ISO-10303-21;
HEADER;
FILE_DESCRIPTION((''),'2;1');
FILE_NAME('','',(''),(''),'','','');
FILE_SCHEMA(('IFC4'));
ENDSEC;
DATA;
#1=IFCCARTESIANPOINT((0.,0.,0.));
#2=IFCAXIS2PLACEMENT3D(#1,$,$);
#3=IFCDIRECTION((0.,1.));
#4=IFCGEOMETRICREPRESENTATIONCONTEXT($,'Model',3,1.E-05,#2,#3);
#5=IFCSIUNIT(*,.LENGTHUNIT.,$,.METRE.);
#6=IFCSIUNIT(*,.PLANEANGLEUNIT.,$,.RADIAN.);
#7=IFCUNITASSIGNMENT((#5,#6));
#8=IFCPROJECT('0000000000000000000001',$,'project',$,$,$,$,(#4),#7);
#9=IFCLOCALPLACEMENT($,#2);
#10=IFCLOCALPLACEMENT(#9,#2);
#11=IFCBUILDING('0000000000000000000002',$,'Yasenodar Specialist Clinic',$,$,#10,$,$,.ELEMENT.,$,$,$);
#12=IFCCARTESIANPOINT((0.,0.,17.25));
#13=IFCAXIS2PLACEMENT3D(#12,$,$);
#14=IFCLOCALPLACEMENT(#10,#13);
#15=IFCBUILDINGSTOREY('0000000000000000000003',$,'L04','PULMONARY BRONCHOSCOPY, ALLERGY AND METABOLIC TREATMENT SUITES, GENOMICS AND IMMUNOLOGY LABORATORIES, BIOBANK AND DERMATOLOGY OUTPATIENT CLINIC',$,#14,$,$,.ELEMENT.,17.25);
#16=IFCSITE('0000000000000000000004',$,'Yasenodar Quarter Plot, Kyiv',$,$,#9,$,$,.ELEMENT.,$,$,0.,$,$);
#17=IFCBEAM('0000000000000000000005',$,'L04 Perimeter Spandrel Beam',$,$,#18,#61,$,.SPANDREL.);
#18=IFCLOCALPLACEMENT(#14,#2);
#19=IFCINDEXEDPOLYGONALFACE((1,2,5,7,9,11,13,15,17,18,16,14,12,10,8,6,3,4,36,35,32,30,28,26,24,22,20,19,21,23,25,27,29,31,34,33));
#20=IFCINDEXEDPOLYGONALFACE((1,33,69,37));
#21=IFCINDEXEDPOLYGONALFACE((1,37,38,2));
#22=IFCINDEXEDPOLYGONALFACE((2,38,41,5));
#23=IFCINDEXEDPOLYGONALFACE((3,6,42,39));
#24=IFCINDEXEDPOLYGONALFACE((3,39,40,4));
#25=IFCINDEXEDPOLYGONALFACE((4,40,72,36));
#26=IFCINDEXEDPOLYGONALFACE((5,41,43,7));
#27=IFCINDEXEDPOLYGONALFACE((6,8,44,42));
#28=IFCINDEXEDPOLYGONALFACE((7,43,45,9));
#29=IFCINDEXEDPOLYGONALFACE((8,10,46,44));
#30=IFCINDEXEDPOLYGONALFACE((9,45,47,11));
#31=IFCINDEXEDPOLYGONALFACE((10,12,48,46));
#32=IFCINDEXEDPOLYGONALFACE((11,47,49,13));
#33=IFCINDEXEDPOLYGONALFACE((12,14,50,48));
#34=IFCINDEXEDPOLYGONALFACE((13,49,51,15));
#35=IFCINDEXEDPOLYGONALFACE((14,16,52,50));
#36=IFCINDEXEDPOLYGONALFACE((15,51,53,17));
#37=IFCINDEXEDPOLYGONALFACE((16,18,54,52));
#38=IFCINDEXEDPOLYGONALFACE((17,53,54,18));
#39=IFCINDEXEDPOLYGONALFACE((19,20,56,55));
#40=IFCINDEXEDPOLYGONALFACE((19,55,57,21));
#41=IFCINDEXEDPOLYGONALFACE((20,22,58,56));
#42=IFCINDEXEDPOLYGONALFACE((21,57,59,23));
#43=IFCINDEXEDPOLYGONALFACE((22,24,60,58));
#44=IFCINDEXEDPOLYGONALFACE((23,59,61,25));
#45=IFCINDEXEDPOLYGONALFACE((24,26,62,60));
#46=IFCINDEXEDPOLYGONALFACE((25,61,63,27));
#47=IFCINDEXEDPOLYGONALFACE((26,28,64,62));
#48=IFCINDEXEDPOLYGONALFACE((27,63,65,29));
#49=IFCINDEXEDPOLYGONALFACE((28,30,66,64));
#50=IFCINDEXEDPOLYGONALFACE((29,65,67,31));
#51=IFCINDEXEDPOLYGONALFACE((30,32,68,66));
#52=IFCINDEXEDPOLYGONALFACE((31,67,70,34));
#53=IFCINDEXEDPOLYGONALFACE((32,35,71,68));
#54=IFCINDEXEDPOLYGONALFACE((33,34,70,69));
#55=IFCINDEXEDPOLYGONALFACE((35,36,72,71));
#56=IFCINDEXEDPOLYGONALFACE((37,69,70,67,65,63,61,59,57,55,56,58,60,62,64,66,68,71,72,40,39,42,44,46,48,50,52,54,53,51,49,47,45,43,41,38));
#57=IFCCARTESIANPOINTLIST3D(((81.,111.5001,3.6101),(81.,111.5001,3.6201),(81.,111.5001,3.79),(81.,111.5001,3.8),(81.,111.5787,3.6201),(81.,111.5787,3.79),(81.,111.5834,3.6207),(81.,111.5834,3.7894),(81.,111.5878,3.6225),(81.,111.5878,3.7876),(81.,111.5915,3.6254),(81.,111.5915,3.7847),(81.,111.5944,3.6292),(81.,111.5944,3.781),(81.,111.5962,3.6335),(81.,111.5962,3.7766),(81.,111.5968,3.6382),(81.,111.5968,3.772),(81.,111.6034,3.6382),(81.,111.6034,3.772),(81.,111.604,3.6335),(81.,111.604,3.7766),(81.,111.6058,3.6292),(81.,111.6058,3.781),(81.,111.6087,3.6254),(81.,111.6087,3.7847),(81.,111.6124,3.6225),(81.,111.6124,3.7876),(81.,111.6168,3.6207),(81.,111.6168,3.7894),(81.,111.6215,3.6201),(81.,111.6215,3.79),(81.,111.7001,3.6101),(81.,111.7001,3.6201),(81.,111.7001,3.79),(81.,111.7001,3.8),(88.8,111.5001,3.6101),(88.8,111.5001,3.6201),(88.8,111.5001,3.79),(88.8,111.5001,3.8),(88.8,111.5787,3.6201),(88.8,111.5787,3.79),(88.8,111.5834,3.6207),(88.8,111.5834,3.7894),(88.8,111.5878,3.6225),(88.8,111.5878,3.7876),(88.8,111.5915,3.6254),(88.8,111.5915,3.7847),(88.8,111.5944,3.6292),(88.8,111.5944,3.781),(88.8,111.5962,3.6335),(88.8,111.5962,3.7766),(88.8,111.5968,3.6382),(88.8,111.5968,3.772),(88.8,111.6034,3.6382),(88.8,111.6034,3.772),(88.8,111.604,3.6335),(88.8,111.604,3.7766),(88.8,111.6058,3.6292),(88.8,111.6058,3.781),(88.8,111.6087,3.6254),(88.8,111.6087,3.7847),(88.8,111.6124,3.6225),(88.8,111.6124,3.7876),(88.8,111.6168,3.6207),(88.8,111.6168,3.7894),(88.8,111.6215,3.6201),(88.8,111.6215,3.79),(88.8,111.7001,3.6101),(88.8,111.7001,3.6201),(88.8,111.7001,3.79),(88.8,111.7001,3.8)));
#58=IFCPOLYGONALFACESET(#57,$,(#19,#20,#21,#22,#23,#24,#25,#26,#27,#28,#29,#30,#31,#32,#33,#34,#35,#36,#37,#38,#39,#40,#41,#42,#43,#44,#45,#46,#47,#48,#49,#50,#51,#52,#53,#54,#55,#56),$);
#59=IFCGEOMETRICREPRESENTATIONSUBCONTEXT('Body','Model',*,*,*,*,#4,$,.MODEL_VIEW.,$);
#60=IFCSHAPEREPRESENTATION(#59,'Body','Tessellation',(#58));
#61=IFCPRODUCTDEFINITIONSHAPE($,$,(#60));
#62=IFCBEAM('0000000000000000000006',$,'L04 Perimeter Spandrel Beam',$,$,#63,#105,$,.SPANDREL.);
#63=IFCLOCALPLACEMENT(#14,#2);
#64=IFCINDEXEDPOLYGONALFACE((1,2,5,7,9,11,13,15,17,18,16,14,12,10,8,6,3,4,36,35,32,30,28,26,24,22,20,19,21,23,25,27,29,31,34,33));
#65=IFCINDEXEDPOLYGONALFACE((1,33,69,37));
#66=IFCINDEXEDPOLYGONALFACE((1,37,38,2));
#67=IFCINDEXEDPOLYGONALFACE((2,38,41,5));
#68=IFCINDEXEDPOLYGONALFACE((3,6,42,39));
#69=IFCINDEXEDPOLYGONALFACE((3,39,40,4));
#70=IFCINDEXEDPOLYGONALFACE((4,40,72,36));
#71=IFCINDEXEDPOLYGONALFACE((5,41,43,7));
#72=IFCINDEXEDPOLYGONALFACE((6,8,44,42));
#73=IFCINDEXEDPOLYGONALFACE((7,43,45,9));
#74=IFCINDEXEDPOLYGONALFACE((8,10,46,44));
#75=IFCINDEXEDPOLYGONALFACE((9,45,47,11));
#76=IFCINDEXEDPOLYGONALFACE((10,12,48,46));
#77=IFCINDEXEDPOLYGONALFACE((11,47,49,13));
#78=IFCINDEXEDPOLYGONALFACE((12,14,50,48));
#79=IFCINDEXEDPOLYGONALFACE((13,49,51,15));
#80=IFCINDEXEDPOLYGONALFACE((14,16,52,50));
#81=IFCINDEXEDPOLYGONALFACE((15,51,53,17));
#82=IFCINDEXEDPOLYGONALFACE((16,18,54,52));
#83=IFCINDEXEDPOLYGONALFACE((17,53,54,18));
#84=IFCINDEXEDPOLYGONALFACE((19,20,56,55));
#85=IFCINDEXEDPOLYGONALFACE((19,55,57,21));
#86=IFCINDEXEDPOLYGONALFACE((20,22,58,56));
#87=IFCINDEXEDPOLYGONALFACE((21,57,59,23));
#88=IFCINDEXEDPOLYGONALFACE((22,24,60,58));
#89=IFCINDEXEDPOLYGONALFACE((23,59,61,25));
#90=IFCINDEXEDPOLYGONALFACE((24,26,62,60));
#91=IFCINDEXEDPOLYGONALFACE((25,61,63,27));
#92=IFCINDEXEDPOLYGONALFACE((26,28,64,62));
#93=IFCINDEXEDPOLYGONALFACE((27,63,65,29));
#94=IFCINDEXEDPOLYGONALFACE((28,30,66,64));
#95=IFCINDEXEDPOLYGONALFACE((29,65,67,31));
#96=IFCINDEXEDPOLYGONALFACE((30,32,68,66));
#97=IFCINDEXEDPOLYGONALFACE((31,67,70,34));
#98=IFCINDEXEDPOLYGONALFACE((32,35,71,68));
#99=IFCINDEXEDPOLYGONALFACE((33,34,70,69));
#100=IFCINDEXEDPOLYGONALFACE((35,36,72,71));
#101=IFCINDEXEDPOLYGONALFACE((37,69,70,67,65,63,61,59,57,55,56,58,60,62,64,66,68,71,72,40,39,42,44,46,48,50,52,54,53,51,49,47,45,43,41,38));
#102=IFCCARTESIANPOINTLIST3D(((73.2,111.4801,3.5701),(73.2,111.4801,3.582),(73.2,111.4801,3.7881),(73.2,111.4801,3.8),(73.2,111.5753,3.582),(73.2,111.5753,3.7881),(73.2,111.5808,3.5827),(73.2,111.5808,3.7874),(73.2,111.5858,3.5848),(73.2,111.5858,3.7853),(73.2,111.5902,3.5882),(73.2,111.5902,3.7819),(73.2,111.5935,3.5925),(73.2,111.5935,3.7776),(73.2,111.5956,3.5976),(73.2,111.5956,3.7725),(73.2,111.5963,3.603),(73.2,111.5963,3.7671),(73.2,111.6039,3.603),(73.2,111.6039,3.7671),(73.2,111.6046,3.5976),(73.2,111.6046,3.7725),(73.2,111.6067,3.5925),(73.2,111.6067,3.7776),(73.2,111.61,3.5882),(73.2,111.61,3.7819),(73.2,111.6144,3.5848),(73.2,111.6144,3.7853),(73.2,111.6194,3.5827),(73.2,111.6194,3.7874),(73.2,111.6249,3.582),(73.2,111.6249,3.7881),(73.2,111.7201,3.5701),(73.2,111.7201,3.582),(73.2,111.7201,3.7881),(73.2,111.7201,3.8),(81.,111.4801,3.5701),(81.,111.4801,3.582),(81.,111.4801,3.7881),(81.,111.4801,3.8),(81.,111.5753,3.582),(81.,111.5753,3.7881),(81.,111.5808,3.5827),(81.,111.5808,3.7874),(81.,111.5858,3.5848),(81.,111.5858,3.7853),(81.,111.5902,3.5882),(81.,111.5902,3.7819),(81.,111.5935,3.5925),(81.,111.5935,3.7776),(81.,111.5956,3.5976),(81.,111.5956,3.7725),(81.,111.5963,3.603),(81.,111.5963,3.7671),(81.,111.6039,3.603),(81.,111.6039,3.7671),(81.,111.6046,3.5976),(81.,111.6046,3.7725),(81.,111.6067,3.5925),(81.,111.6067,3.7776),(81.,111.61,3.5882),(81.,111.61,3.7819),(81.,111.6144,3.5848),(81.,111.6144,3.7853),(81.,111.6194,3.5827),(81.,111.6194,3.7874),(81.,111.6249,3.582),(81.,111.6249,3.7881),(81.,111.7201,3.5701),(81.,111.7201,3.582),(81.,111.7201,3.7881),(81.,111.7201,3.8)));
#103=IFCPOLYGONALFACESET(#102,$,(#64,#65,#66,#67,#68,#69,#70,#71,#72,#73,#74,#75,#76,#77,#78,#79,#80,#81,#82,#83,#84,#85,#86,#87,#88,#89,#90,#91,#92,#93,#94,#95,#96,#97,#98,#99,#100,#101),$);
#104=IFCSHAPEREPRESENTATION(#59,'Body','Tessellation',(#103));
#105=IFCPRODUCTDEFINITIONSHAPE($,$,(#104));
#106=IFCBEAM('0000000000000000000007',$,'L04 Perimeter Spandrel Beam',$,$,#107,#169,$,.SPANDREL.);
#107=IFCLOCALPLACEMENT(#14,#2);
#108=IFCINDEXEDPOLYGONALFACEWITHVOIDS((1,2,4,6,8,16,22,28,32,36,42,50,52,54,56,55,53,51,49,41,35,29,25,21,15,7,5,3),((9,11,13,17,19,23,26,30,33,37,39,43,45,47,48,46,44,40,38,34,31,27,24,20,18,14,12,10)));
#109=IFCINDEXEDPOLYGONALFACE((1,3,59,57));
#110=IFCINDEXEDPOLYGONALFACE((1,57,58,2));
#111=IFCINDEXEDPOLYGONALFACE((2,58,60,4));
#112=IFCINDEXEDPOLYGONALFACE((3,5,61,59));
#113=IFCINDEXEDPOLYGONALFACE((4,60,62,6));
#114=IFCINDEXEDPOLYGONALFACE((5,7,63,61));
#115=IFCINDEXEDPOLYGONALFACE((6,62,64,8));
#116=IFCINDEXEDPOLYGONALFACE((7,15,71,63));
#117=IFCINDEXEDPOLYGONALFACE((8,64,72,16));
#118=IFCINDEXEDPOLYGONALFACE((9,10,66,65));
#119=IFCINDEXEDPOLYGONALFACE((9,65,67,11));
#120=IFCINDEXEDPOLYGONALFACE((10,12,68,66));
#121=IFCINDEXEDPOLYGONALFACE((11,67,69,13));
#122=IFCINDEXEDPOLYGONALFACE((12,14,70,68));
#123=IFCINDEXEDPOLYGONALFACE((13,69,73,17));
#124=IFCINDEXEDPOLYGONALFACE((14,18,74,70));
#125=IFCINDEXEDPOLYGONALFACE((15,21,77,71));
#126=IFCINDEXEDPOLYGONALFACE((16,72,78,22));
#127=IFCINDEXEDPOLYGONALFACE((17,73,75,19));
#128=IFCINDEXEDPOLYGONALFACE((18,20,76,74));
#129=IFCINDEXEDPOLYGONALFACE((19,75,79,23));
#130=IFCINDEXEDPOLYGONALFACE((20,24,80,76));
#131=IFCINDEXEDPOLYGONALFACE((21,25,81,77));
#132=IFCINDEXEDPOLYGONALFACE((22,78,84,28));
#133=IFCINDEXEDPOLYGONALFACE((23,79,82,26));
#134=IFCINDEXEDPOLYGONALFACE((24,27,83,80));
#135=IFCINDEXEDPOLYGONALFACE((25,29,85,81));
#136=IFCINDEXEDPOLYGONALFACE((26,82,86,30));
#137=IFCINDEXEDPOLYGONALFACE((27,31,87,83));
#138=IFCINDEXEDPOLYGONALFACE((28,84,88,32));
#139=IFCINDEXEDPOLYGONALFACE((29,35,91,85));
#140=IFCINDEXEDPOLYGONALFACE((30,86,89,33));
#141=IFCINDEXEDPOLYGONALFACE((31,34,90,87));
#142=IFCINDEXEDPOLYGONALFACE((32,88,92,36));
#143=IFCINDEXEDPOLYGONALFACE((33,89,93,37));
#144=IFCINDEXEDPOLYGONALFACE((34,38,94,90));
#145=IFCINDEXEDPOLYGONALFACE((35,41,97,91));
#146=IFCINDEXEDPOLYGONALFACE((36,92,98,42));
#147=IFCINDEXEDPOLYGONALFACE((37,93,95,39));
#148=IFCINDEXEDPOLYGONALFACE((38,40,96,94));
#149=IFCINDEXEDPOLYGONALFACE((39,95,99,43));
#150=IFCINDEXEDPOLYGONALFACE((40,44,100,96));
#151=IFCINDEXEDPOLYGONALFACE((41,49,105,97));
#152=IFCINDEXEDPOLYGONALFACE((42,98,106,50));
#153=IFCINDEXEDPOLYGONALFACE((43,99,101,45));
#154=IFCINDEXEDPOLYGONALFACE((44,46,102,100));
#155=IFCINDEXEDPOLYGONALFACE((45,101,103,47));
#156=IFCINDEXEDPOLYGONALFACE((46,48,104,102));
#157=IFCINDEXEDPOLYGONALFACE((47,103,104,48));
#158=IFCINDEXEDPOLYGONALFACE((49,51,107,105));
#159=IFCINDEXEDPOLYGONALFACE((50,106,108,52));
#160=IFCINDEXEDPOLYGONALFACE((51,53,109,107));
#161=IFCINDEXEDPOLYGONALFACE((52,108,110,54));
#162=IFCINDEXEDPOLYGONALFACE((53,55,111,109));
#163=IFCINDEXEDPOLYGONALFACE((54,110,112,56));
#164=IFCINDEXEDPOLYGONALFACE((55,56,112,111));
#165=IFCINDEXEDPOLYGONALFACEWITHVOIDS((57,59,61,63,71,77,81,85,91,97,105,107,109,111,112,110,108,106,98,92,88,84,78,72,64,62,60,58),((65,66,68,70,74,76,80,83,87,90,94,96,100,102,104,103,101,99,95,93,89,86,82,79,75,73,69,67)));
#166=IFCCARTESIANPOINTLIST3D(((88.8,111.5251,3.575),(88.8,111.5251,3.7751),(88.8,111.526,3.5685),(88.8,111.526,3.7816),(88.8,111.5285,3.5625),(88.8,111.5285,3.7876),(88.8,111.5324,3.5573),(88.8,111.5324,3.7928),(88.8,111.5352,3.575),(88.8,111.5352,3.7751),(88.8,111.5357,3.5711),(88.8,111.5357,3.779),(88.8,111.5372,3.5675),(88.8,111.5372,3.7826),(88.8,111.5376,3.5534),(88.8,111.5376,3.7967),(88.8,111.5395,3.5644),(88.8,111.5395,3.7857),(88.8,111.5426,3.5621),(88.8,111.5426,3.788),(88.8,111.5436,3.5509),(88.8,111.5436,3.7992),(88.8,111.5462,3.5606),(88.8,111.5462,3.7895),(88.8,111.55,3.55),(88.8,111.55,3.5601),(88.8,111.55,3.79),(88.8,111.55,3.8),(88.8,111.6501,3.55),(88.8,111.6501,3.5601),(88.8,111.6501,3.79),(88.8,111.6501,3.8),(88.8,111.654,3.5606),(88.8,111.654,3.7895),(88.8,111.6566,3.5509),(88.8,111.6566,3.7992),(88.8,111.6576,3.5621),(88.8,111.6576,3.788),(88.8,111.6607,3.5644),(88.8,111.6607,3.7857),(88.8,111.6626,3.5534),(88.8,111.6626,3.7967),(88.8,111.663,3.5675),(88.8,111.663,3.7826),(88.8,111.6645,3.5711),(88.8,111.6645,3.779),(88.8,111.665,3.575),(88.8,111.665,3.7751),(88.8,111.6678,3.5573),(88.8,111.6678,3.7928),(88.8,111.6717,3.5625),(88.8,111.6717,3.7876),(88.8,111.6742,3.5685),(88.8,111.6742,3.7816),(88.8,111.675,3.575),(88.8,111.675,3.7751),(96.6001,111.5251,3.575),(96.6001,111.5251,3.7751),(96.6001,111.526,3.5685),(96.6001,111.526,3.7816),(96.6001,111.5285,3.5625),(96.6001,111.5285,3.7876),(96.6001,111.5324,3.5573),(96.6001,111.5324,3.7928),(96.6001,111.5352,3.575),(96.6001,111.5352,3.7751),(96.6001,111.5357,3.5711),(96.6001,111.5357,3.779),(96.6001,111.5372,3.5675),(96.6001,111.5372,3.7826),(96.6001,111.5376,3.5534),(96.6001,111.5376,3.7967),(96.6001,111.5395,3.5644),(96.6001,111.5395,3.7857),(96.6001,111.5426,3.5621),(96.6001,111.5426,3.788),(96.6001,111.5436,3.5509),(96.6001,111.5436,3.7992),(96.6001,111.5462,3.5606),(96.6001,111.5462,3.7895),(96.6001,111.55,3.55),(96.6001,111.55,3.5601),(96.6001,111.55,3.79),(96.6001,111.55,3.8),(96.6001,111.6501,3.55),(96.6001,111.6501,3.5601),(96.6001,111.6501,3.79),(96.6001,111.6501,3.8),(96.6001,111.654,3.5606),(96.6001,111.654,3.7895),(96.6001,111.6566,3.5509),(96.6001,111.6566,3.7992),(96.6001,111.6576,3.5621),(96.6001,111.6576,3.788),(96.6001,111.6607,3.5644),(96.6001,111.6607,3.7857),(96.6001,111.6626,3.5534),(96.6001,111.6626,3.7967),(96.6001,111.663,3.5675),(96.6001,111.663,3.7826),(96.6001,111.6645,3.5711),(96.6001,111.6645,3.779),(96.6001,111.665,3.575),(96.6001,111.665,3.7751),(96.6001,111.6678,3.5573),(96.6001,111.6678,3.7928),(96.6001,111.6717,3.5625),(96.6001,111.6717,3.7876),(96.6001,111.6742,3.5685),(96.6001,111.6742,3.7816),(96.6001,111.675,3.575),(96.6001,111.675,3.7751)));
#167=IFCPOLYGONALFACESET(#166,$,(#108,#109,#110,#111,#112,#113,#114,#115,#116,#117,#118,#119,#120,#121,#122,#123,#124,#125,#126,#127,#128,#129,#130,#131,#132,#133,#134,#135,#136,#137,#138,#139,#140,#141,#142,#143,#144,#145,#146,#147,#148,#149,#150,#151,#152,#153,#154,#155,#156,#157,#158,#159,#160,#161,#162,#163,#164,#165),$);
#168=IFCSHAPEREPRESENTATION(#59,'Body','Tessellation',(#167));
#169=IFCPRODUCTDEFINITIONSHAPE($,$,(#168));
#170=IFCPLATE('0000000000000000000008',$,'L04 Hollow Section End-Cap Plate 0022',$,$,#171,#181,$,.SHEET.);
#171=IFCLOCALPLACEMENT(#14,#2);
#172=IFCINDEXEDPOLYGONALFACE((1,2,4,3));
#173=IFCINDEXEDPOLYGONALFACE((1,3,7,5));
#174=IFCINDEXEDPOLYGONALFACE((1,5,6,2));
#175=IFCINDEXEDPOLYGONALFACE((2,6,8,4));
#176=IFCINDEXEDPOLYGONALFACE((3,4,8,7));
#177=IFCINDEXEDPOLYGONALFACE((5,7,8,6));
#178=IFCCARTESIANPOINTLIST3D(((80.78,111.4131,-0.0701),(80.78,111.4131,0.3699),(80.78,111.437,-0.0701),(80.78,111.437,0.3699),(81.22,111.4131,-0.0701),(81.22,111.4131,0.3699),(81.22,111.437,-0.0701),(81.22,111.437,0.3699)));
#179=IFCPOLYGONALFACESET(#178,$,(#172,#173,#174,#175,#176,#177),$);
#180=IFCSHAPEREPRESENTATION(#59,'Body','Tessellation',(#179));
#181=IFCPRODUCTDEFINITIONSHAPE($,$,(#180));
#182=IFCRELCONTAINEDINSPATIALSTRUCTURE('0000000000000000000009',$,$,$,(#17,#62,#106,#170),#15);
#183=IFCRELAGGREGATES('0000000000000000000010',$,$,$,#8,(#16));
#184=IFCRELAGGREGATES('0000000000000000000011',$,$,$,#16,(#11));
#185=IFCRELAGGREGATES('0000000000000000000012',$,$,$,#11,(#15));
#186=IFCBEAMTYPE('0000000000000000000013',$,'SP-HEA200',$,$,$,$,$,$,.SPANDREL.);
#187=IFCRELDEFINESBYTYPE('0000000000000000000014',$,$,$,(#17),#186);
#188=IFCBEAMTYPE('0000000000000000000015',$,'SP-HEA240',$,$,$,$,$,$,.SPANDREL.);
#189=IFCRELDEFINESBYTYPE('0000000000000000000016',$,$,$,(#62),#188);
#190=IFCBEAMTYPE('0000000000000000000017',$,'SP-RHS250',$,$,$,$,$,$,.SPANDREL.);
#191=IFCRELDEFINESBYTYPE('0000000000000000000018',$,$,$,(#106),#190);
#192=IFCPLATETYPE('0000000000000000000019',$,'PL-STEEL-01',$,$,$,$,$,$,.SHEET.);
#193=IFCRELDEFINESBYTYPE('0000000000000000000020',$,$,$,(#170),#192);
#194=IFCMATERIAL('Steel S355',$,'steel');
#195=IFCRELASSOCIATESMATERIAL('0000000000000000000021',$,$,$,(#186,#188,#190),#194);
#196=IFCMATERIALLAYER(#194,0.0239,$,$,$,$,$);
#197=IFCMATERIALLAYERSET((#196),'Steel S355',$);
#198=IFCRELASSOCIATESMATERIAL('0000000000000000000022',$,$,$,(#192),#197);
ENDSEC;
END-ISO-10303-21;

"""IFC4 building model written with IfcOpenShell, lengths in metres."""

from ifc_helpers import new_model, si_unit, direction, frame, origin, origin_2d, place, context, subcontext, project, spatial, rectangle, hollow_rectangle, i_section, extrude, material, layer, layer_set, material_profile, profile_set, type_object, element, save


model = new_model("IFC4")

# Units and contexts
model_context = context("Model", 3, precision=1e-05, world=origin(), true_north=direction((0.0, 1.0)))
body_context = subcontext(model_context, "Body", "Model", "MODEL_VIEW")
ifc_project = project(units=[si_unit("LENGTHUNIT", "METRE"), si_unit("PLANEANGLEUNIT", "RADIAN")], contexts=[model_context])

# Site, building, storey
site_placement = place(None, origin())
site = spatial("IfcSite", under=ifc_project, at=site_placement, Name="Yasenodar Quarter Plot, Kyiv", CompositionType="ELEMENT", RefElevation=0.0)
building_placement = place(site_placement, origin())
building = spatial("IfcBuilding", under=site, at=building_placement, Name="Yasenodar Specialist Clinic", CompositionType="ELEMENT")
storey_placement = place(building_placement, frame((0.0, 0.0, 17.25)))
storey = spatial("IfcBuildingStorey", under=building, at=storey_placement, Name="L04", Description="PULMONARY BRONCHOSCOPY, ALLERGY AND METABOLIC TREATMENT SUITES, GENOMICS AND IMMUNOLOGY LABORATORIES, BIOBANK AND DERMATOLOGY OUTPATIENT CLINIC", CompositionType="ELEMENT", Elevation=17.25)

# Shared definitions
ifc_material_1 = material(Name="Steel S355", Category="steel")

# Beams
ifc_material_profile_1 = material_profile(ifc_material_1, i_section(OverallWidth=0.2, OverallDepth=0.1899, WebThickness=0.0066, FlangeThickness=0.01, FilletRadius=0.0181, at=origin_2d()), Name="HEA 200")
ifc_profile_set_1 = profile_set([ifc_material_profile_1], Name="Steel S355")
beam_type_1 = type_object("IfcBeamType", Name="SP-HEA200", PredefinedType="SPANDREL", material=ifc_profile_set_1)
beam_1_placement = place(storey_placement, frame((81.0, 111.6001, 3.7051), z_axis=(1.0, 0.0, 0.0), x_axis=(0.0, 1.0, 0.0)))
element("IfcBeam", 1, at=beam_1_placement, inside=storey, type_object=beam_type_1, Name="L04 Perimeter Spandrel Beam", PredefinedType="SPANDREL", context=body_context, shape_type="SweptSolid", body=[
    extrude(i_section(OverallWidth=0.2, OverallDepth=0.1899, WebThickness=0.0066, FlangeThickness=0.01, FilletRadius=0.0181, at=origin_2d()), origin(), (0.0, 0.0, 1.0), 7.8),
])
ifc_material_profile_2 = material_profile(ifc_material_1, i_section(OverallWidth=0.24, OverallDepth=0.23, WebThickness=0.0076, FlangeThickness=0.012, FilletRadius=0.021, at=origin_2d()), Name="HEA 240")
ifc_profile_set_2 = profile_set([ifc_material_profile_2], Name="Steel S355")
beam_type_2 = type_object("IfcBeamType", Name="SP-HEA240", PredefinedType="SPANDREL", material=ifc_profile_set_2)
beam_2_placement = place(storey_placement, frame((73.2, 111.6001, 3.6851), z_axis=(1.0, 0.0, 0.0), x_axis=(0.0, 1.0, 0.0)))
element("IfcBeam", 2, at=beam_2_placement, inside=storey, type_object=beam_type_2, Name="L04 Perimeter Spandrel Beam", PredefinedType="SPANDREL", context=body_context, shape_type="SweptSolid", body=[
    extrude(i_section(OverallWidth=0.24, OverallDepth=0.23, WebThickness=0.0076, FlangeThickness=0.012, FilletRadius=0.021, at=origin_2d()), origin(), (0.0, 0.0, 1.0), 7.8),
])
ifc_material_profile_3 = material_profile(ifc_material_1, hollow_rectangle(XDim=0.1499, YDim=0.25, WallThickness=0.01, InnerFilletRadius=0.0149, OuterFilletRadius=0.0249, at=origin_2d()), Name="RHS 250x150x10")
ifc_profile_set_3 = profile_set([ifc_material_profile_3], Name="Steel S355")
beam_type_3 = type_object("IfcBeamType", Name="SP-RHS250", PredefinedType="SPANDREL", material=ifc_profile_set_3)
beam_3_placement = place(storey_placement, frame((88.8, 111.6001, 3.675), z_axis=(1.0, 0.0, 0.0), x_axis=(0.0, 1.0, 0.0)))
element("IfcBeam", 3, at=beam_3_placement, inside=storey, type_object=beam_type_3, Name="L04 Perimeter Spandrel Beam", PredefinedType="SPANDREL", context=body_context, shape_type="SweptSolid", body=[
    extrude(hollow_rectangle(XDim=0.1499, YDim=0.25, WallThickness=0.01, InnerFilletRadius=0.0149, OuterFilletRadius=0.0249, at=origin_2d()), origin(), (0.0, 0.0, 1.0), 7.8),
])

# Plate
ifc_layer_1 = layer(ifc_material_1, 0.0239)
ifc_layer_set_1 = layer_set([ifc_layer_1], Name="Steel S355")
plate_type_1 = type_object("IfcPlateType", Name="PL-STEEL-01", PredefinedType="SHEET", material=ifc_layer_set_1)
plate_1_placement = place(storey_placement, frame((81.0, 111.425, -0.0701), z_axis=(0.0, 0.0, 1.0), x_axis=(1.0, 0.0, 0.0)))
element("IfcPlate", 4, at=plate_1_placement, inside=storey, type_object=plate_type_1, Name="L04 Hollow Section End-Cap Plate 0022", PredefinedType="SHEET", context=body_context, shape_type="SweptSolid", body=[
    extrude(rectangle(XDim=0.4399, YDim=0.0239, at=origin_2d()), origin(), (0.0, 0.0, 1.0), 0.4399),
])

save(model, "model.ifc")
